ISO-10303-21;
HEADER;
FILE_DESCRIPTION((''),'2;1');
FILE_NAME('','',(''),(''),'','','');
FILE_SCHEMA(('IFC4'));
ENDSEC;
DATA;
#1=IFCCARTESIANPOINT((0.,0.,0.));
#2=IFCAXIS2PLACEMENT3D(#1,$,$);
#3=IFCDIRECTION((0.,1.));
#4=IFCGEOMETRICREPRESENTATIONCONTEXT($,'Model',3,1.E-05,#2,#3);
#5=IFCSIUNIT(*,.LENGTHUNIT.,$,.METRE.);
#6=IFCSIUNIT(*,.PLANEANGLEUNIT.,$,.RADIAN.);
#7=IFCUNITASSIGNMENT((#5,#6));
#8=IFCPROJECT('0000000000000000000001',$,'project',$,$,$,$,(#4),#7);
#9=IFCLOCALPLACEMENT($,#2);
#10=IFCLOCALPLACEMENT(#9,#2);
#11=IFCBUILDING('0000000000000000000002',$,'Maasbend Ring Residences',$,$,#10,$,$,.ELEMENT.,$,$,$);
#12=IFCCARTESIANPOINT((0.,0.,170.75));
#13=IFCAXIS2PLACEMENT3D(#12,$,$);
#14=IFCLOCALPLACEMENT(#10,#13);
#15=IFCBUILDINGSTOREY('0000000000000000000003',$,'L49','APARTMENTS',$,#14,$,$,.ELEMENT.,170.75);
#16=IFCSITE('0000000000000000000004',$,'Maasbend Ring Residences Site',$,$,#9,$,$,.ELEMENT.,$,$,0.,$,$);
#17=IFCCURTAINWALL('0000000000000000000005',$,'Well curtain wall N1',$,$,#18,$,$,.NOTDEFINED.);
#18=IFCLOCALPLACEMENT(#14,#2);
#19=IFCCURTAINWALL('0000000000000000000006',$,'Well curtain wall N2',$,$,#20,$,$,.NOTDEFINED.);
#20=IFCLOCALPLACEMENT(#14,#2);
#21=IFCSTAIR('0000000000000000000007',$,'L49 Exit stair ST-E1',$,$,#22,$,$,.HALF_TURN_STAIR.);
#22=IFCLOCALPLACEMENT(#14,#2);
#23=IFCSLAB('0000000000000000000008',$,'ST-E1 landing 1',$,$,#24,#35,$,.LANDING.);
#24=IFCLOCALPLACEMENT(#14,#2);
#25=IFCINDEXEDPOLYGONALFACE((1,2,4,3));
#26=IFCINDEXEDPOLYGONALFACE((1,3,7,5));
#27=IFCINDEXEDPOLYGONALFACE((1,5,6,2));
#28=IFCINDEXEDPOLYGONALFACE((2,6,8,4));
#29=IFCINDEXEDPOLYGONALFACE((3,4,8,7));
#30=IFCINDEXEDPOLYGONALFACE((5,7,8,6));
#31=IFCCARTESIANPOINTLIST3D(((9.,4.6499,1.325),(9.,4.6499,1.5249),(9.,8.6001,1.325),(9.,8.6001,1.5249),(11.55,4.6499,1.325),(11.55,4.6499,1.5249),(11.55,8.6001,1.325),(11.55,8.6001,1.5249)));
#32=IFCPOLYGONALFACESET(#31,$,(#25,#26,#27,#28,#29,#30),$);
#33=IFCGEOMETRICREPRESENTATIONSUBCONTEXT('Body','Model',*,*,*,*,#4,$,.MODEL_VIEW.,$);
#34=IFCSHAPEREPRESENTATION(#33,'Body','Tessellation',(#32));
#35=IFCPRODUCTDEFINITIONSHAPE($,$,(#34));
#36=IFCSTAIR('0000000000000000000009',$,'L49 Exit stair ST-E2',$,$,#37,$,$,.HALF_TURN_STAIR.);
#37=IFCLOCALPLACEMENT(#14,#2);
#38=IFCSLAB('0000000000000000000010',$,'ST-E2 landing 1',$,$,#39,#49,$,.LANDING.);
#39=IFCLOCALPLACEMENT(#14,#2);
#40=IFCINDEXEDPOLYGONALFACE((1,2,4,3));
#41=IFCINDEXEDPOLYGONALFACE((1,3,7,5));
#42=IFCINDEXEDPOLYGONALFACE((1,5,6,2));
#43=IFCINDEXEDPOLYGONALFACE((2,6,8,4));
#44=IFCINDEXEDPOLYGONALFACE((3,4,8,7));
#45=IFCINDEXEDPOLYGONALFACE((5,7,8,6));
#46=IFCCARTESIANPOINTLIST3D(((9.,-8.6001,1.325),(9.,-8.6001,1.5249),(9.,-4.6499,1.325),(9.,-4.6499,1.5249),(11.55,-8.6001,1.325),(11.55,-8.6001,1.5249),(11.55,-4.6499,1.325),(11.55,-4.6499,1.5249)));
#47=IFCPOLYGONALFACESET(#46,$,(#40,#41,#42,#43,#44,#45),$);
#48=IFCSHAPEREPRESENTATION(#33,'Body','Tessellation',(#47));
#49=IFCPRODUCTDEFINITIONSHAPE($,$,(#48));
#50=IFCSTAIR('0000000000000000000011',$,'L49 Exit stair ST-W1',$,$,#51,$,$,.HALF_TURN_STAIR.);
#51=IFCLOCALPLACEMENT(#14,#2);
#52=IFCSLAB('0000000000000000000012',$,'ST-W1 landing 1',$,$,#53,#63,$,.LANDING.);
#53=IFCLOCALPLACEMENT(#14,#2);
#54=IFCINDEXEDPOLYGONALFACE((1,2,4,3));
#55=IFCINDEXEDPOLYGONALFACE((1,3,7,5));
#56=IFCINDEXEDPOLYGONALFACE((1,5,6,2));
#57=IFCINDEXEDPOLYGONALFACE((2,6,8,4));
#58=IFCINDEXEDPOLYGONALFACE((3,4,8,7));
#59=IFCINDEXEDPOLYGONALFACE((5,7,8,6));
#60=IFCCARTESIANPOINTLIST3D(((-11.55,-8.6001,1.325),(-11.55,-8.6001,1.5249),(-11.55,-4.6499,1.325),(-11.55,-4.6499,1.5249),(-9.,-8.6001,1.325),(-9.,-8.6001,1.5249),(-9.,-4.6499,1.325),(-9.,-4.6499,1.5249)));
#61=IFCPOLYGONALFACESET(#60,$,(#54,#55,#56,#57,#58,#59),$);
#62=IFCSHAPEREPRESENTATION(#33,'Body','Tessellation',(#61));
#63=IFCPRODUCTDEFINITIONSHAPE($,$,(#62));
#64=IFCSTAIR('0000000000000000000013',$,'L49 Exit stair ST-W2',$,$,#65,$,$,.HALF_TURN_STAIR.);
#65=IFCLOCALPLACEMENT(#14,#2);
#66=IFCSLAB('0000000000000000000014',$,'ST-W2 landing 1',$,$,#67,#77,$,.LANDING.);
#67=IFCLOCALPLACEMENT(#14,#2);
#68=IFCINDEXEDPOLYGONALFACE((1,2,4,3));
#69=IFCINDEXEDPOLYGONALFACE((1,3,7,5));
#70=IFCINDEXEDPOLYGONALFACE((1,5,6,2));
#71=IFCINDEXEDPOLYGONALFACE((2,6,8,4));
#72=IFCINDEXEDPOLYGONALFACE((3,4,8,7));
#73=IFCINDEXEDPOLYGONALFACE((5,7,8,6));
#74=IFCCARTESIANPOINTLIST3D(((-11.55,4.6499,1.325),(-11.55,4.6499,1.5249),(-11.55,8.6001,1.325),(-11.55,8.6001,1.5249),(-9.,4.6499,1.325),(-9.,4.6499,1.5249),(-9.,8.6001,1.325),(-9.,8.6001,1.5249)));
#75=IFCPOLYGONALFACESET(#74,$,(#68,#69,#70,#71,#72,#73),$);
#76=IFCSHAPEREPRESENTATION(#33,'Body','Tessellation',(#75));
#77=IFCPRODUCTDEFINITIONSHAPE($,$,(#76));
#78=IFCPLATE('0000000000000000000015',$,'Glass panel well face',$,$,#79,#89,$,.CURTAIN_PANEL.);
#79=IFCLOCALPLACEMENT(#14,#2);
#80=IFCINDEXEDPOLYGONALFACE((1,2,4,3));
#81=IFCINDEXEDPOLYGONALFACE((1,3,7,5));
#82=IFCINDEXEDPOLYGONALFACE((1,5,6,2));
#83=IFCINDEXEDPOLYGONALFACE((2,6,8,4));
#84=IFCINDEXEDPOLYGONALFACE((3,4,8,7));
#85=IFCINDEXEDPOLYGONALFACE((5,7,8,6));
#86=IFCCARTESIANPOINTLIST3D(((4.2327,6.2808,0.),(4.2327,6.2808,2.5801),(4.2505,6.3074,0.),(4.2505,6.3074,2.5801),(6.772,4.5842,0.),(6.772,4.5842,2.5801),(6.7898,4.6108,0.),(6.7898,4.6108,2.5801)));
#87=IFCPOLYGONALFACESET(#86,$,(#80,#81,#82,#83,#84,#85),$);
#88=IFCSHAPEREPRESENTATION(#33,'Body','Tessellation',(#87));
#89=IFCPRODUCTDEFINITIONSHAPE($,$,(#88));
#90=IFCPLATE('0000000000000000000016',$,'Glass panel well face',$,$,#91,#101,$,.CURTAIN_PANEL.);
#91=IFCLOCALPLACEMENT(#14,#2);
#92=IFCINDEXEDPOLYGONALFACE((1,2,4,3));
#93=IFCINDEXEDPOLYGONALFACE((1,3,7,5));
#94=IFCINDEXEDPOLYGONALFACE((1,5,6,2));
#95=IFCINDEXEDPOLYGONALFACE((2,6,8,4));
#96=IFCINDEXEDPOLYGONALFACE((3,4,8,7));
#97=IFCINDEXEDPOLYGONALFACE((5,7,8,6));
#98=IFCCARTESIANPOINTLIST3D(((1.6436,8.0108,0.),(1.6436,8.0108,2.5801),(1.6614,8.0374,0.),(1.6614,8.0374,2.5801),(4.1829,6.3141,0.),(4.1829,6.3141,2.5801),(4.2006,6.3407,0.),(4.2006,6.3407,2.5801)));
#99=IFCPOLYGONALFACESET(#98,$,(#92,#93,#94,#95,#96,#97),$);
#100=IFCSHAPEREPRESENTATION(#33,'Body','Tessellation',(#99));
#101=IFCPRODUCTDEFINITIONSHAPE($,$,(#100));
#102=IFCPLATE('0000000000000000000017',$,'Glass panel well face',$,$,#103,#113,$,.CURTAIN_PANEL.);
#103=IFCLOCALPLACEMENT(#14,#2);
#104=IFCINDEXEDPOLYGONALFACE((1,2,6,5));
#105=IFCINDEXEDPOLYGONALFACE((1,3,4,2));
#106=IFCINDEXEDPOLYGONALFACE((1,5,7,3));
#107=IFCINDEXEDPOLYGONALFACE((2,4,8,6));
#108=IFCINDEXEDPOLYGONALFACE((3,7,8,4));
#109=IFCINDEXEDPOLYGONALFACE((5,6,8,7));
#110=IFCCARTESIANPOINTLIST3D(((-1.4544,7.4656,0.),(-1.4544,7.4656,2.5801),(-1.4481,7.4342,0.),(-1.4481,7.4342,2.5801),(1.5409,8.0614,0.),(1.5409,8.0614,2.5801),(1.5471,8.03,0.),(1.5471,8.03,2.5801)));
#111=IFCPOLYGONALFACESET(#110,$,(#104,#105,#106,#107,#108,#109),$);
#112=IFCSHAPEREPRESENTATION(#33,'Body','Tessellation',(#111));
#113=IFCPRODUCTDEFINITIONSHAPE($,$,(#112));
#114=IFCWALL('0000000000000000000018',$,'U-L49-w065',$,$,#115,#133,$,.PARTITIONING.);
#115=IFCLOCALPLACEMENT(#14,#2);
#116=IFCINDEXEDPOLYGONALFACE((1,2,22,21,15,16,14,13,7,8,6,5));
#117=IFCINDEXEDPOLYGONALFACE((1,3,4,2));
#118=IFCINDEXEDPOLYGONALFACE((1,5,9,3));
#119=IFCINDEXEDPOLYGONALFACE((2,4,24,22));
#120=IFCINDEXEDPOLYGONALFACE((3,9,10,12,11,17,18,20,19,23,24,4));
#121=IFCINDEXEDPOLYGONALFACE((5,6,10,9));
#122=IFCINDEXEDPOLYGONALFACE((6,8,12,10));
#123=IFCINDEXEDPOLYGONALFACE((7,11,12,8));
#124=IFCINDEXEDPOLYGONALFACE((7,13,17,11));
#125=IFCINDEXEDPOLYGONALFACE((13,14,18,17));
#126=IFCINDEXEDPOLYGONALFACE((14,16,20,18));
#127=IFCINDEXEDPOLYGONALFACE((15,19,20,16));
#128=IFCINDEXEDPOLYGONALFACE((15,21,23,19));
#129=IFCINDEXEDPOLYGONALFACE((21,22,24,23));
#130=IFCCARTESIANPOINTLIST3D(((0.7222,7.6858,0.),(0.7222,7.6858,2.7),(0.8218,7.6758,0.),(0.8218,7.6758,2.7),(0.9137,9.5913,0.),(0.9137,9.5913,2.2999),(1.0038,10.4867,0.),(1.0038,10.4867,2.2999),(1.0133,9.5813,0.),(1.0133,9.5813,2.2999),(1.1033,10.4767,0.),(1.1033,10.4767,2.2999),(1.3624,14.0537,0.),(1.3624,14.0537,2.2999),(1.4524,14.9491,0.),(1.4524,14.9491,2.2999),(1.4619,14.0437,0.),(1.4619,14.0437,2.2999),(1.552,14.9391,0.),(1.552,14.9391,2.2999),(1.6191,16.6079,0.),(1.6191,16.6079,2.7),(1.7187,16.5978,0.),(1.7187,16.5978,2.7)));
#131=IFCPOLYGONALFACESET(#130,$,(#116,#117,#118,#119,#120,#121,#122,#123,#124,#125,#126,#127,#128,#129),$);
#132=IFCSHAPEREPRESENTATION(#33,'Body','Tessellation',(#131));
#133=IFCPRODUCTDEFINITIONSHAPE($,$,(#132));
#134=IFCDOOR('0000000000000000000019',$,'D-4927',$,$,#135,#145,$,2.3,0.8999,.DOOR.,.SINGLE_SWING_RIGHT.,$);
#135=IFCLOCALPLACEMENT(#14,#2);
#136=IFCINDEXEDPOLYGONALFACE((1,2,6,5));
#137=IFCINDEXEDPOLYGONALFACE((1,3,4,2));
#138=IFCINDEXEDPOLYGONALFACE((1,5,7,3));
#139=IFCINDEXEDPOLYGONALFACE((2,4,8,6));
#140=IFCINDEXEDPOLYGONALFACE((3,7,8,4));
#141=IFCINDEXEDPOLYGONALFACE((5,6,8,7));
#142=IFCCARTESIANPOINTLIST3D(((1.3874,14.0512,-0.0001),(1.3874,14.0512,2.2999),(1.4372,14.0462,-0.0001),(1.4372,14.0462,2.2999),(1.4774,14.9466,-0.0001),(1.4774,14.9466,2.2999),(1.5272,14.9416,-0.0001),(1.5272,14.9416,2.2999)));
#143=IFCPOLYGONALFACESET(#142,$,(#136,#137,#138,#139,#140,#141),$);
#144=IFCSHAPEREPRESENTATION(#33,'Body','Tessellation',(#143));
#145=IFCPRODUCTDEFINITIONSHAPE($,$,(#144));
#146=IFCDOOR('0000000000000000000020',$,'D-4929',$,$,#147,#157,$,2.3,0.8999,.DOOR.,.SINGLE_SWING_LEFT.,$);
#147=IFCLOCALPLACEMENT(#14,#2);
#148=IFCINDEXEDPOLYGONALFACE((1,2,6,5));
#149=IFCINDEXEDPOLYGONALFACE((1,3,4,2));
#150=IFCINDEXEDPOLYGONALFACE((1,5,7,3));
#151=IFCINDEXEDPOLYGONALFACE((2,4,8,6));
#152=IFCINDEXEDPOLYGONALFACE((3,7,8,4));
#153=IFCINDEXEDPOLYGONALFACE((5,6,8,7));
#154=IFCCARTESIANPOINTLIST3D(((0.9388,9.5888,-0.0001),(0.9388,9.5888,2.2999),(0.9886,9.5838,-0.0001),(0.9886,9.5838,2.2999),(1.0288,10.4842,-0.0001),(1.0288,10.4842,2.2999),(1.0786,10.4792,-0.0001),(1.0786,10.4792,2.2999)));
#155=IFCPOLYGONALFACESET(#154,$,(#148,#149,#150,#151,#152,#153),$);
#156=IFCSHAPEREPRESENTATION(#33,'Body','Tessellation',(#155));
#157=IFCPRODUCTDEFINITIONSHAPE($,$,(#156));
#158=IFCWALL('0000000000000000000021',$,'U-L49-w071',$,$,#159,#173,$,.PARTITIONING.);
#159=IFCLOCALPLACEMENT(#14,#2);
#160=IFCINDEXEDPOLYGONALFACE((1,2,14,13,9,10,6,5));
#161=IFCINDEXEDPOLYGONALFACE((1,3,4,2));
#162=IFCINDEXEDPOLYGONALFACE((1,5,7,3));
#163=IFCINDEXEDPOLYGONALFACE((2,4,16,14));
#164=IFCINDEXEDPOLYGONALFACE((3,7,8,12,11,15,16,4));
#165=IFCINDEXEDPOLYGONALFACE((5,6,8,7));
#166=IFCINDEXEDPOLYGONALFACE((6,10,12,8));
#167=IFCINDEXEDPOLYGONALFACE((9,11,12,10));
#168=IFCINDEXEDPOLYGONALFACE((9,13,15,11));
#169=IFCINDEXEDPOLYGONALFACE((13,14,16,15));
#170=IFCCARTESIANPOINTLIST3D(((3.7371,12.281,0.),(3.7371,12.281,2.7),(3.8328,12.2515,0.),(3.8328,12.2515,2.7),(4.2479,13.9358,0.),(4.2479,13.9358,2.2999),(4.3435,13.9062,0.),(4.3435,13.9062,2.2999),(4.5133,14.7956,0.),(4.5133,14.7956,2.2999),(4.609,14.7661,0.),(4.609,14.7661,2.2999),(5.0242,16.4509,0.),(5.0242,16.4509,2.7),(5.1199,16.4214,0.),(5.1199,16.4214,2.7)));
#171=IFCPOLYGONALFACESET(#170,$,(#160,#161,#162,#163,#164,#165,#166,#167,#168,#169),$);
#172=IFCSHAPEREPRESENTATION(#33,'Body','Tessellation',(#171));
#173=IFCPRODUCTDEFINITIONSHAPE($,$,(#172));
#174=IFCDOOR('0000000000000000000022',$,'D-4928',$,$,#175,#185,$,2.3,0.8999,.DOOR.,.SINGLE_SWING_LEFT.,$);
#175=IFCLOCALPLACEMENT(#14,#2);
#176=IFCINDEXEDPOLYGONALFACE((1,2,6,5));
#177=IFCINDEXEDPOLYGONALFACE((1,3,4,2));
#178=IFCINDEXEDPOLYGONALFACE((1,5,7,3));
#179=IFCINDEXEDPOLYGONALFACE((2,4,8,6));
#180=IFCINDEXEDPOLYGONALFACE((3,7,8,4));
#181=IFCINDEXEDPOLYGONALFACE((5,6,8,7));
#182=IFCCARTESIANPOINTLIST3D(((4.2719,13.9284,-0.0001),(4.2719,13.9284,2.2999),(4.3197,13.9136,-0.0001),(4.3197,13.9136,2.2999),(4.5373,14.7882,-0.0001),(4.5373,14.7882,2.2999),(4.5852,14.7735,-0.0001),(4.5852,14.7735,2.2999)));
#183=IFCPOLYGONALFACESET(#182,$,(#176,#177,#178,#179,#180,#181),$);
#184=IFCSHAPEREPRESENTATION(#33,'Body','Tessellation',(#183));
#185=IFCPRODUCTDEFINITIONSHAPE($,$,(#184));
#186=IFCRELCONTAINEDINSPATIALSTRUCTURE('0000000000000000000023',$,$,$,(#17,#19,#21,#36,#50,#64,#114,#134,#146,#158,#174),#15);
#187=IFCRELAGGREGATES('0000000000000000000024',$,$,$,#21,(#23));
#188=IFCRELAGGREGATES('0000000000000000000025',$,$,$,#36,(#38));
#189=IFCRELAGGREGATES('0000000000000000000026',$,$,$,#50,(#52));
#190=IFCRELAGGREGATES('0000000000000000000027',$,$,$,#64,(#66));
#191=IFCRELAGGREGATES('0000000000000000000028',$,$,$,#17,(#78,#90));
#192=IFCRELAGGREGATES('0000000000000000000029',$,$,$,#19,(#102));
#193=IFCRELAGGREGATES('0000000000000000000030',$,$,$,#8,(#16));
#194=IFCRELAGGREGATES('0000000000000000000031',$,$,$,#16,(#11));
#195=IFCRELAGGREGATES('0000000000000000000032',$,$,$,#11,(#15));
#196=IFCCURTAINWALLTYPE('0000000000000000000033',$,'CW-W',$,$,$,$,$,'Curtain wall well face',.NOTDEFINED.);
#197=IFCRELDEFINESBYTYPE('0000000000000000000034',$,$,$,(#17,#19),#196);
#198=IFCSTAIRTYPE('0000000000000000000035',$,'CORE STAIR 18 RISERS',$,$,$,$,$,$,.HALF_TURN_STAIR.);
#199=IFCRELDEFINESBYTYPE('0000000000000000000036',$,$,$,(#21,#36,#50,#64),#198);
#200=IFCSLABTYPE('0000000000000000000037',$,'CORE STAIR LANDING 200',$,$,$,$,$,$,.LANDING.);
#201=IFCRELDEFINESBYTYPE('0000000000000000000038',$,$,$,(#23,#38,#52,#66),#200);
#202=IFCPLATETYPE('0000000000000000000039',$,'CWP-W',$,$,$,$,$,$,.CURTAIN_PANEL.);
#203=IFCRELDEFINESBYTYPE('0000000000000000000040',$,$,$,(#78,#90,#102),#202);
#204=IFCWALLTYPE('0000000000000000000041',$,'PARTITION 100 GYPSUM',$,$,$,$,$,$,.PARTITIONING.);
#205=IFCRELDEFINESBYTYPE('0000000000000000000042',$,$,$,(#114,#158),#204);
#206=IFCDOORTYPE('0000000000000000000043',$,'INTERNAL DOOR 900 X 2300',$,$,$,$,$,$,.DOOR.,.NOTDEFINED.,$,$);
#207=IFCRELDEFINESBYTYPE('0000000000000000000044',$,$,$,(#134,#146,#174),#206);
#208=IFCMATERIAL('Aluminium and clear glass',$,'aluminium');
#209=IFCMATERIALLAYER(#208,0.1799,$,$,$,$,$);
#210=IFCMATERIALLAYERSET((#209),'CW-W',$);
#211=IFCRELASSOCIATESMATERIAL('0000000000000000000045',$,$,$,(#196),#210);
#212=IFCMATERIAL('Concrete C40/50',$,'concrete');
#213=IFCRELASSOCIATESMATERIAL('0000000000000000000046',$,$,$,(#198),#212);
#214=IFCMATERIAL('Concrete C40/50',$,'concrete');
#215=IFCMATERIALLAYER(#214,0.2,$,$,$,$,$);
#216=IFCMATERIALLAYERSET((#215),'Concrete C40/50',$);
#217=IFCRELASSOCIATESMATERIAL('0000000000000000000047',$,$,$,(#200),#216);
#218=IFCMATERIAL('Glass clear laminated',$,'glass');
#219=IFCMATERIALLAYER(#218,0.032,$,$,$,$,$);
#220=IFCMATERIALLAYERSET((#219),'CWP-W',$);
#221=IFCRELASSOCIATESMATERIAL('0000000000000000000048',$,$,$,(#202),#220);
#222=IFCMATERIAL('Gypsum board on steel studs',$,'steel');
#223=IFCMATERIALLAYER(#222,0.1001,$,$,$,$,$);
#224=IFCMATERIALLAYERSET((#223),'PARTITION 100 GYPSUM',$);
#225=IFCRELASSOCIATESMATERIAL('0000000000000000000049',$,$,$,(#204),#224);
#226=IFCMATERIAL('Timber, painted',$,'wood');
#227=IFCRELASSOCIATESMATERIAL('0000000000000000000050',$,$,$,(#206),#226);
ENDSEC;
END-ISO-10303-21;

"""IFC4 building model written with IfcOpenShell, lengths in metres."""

from ifc_helpers import new_model, si_unit, direction, frame, frame_2d, origin, origin_2d, place, context, subcontext, project, spatial, polyline, rectangle, outline, extrude, material, layer, layer_set, type_object, element, fill, aggregate, save


model = new_model("IFC4")

# Units and contexts
model_context = context("Model", 3, precision=1e-05, world=origin(), true_north=direction((0.0, 1.0)))
body_context = subcontext(model_context, "Body", "Model", "MODEL_VIEW")
ifc_project = project(units=[si_unit("LENGTHUNIT", "METRE"), si_unit("PLANEANGLEUNIT", "RADIAN")], contexts=[model_context])

# Site, building, storey
site_placement = place(None, origin())
site = spatial("IfcSite", under=ifc_project, at=site_placement, Name="Maasbend Ring Residences Site", CompositionType="ELEMENT", RefElevation=0.0)
building_placement = place(site_placement, origin())
building = spatial("IfcBuilding", under=site, at=building_placement, Name="Maasbend Ring Residences", CompositionType="ELEMENT")
storey_placement = place(building_placement, frame((0.0, 0.0, 170.75)))
storey = spatial("IfcBuildingStorey", under=building, at=storey_placement, Name="L49", Description="APARTMENTS", CompositionType="ELEMENT", Elevation=170.75)

# Curtain wall
ifc_material_1 = material(Name="Aluminium and clear glass", Category="aluminium")
ifc_layer_1 = layer(ifc_material_1, 0.1799)
ifc_layer_set_1 = layer_set([ifc_layer_1], Name="CW-W")
curtain_wall_type = type_object("IfcCurtainWallType", Name="CW-W", ElementType="Curtain wall well face", PredefinedType="NOTDEFINED", material=ifc_layer_set_1)
curtain_wall_1_placement = place(storey_placement, origin())
curtain_wall_1 = element("IfcCurtainWall", 1, at=curtain_wall_1_placement, inside=storey, type_object=curtain_wall_type, Name="Well curtain wall N1", PredefinedType="NOTDEFINED")

# Curtain wall
curtain_wall_2_placement = place(storey_placement, origin())
curtain_wall_2 = element("IfcCurtainWall", 2, at=curtain_wall_2_placement, inside=storey, type_object=curtain_wall_type, Name="Well curtain wall N2", PredefinedType="NOTDEFINED")

# Stairs, slabs
ifc_material_2 = material(Name="Concrete C40/50", Category="concrete")
stair_type = type_object("IfcStairType", Name="CORE STAIR 18 RISERS", PredefinedType="HALF_TURN_STAIR", material=ifc_material_2)
stair_1_placement = place(storey_placement, origin())
stair_1 = element("IfcStair", 3, at=stair_1_placement, inside=storey, type_object=stair_type, Name="L49 Exit stair ST-E1", PredefinedType="HALF_TURN_STAIR")
ifc_material_3 = material(Name="Concrete C40/50", Category="concrete")
ifc_layer_2 = layer(ifc_material_3, 0.2)
ifc_layer_set_2 = layer_set([ifc_layer_2], Name="Concrete C40/50")
slab_type = type_object("IfcSlabType", Name="CORE STAIR LANDING 200", PredefinedType="LANDING", material=ifc_layer_set_2)
slab_1_placement = place(storey_placement, frame((0.0, 0.0, 1.325)))
slab_1 = element("IfcSlab", 4, at=slab_1_placement, type_object=slab_type, Name="ST-E1 landing 1", PredefinedType="LANDING", context=body_context, shape_type="SweptSolid", body=[
    extrude(outline(polyline([(11.55, 8.6001), (9.0, 8.6001), (9.0, 4.6499), (11.55, 4.6499), (11.55, 8.6001)])), origin(), (0.0, 0.0, 1.0), 0.2),
])
aggregate(stair_1, [slab_1])
stair_2_placement = place(storey_placement, origin())
stair_2 = element("IfcStair", 5, at=stair_2_placement, inside=storey, type_object=stair_type, Name="L49 Exit stair ST-E2", PredefinedType="HALF_TURN_STAIR")
slab_2_placement = place(storey_placement, frame((0.0, 0.0, 1.325)))
slab_2 = element("IfcSlab", 6, at=slab_2_placement, type_object=slab_type, Name="ST-E2 landing 1", PredefinedType="LANDING", context=body_context, shape_type="SweptSolid", body=[
    extrude(outline(polyline([(11.55, -4.6499), (9.0, -4.6499), (9.0, -8.6001), (11.55, -8.6001), (11.55, -4.6499)])), origin(), (0.0, 0.0, 1.0), 0.2),
])
aggregate(stair_2, [slab_2])
stair_3_placement = place(storey_placement, origin())
stair_3 = element("IfcStair", 7, at=stair_3_placement, inside=storey, type_object=stair_type, Name="L49 Exit stair ST-W1", PredefinedType="HALF_TURN_STAIR")
slab_3_placement = place(storey_placement, frame((0.0, 0.0, 1.325)))
slab_3 = element("IfcSlab", 8, at=slab_3_placement, type_object=slab_type, Name="ST-W1 landing 1", PredefinedType="LANDING", context=body_context, shape_type="SweptSolid", body=[
    extrude(outline(polyline([(-11.55, -8.6001), (-9.0, -8.6001), (-9.0, -4.6499), (-11.55, -4.6499), (-11.55, -8.6001)])), origin(), (0.0, 0.0, 1.0), 0.2),
])
aggregate(stair_3, [slab_3])
stair_4_placement = place(storey_placement, origin())
stair_4 = element("IfcStair", 9, at=stair_4_placement, inside=storey, type_object=stair_type, Name="L49 Exit stair ST-W2", PredefinedType="HALF_TURN_STAIR")
slab_4_placement = place(storey_placement, frame((0.0, 0.0, 1.325)))
slab_4 = element("IfcSlab", 10, at=slab_4_placement, type_object=slab_type, Name="ST-W2 landing 1", PredefinedType="LANDING", context=body_context, shape_type="SweptSolid", body=[
    extrude(outline(polyline([(-11.55, 4.6499), (-9.0, 4.6499), (-9.0, 8.6001), (-11.55, 8.6001), (-11.55, 4.6499)])), origin(), (0.0, 0.0, 1.0), 0.2),
])
aggregate(stair_4, [slab_4])

# Plates
ifc_material_4 = material(Name="Glass clear laminated", Category="glass")
ifc_layer_3 = layer(ifc_material_4, 0.032)
ifc_layer_set_3 = layer_set([ifc_layer_3], Name="CWP-W")
plate_type = type_object("IfcPlateType", Name="CWP-W", PredefinedType="CURTAIN_PANEL", material=ifc_layer_set_3)
plate_1_placement = place(storey_placement, frame((5.5112, 5.4458, 0.0), z_axis=(0.0, 0.0, 1.0), x_axis=(-0.83147, 0.55557, 0.0)))
plate_1 = element("IfcPlate", 11, at=plate_1_placement, type_object=plate_type, Name="Glass panel well face", PredefinedType="CURTAIN_PANEL", context=body_context, shape_type="SweptSolid", body=[
    extrude(rectangle(XDim=3.054, YDim=0.032, at=origin_2d()), origin(), (0.0, 0.0, 1.0), 2.5801),
])
plate_2_placement = place(storey_placement, frame((2.9221, 7.1758, 0.0), z_axis=(0.0, 0.0, 1.0), x_axis=(-0.83147, 0.55557, 0.0)))
plate_2 = element("IfcPlate", 12, at=plate_2_placement, type_object=plate_type, Name="Glass panel well face", PredefinedType="CURTAIN_PANEL", context=body_context, shape_type="SweptSolid", body=[
    extrude(rectangle(XDim=3.054, YDim=0.032, at=origin_2d()), origin(), (0.0, 0.0, 1.0), 2.5801),
])
aggregate(curtain_wall_1, [plate_1, plate_2])
plate_3_placement = place(storey_placement, frame((0.0464, 7.7478, 0.0), z_axis=(0.0, 0.0, 1.0), x_axis=(-0.980785, -0.19509, 0.0)))
plate_3 = element("IfcPlate", 13, at=plate_3_placement, type_object=plate_type, Name="Glass panel well face", PredefinedType="CURTAIN_PANEL", context=body_context, shape_type="SweptSolid", body=[
    extrude(rectangle(XDim=3.054, YDim=0.032, at=origin_2d()), origin(), (0.0, 0.0, 1.0), 2.5801),
])
aggregate(curtain_wall_2, [plate_3])

# Wall, openings, doors
ifc_material_5 = material(Name="Gypsum board on steel studs", Category="steel")
ifc_layer_4 = layer(ifc_material_5, 0.1001)
ifc_layer_set_4 = layer_set([ifc_layer_4], Name="PARTITION 100 GYPSUM")
wall_type_1 = type_object("IfcWallType", Name="PARTITION 100 GYPSUM", PredefinedType="PARTITIONING", material=ifc_layer_set_4)
wall_1_placement = place(storey_placement, frame((0.772, 7.6809, 0.0), z_axis=(0.0, 0.0, 1.0), x_axis=(0.100029, 0.994984, 0.0)))
wall_1 = element("IfcWall", 14, at=wall_1_placement, inside=storey, type_object=wall_type_1, Name="U-L49-w065", PredefinedType="PARTITIONING", context=body_context, shape_type="SweptSolid", body=[
    extrude(rectangle(XDim=8.967, YDim=0.1001, at=frame_2d((4.4834, 0.0))), origin(), (0.0, 0.0, 1.0), 2.7),
])
opening_1_placement = place(wall_1_placement, frame((6.3999, 0.0, 0.0)))
opening_1 = element("IfcOpeningElement", 15, at=opening_1_placement, cuts=wall_1, PredefinedType="OPENING", context=body_context, shape_type="SweptSolid", body=[
    extrude(rectangle(XDim=0.8999, YDim=2.3, at=frame_2d((0.45, 1.1499))), frame((0.0, 0.0601, 0.0), z_axis=(0.0, -1.0, 0.0), x_axis=(1.0, 0.0, 0.0)), (0.0, 0.0, 1.0), 0.1201),
])
opening_2_placement = place(wall_1_placement, frame((1.915, 0.0, 0.0)))
opening_2 = element("IfcOpeningElement", 16, at=opening_2_placement, cuts=wall_1, PredefinedType="OPENING", context=body_context, shape_type="SweptSolid", body=[
    extrude(rectangle(XDim=0.8999, YDim=2.3, at=frame_2d((0.45, 1.1499))), frame((0.0, 0.0601, 0.0), z_axis=(0.0, -1.0, 0.0), x_axis=(1.0, 0.0, 0.0)), (0.0, 0.0, 1.0), 0.1201),
])
ifc_material_6 = material(Name="Timber, painted", Category="wood")
door_type = type_object("IfcDoorType", Name="INTERNAL DOOR 900 X 2300", OperationType="NOTDEFINED", PredefinedType="DOOR", material=ifc_material_6)
door_1_placement = place(opening_1_placement, origin())
door_1 = element("IfcDoor", 17, at=door_1_placement, inside=storey, type_object=door_type, Name="D-4927", OperationType="SINGLE_SWING_RIGHT", OverallHeight=2.3, OverallWidth=0.8999, PredefinedType="DOOR", context=body_context, shape_type="SweptSolid", body=[
    extrude(rectangle(XDim=0.8999, YDim=2.3, at=frame_2d((0.45, 1.1499))), frame((0.0, 0.0249, 0.0), z_axis=(0.0, -1.0, 0.0), x_axis=(1.0, 0.0, 0.0)), (0.0, 0.0, 1.0), 0.05),
])
fill(opening_1, door_1)
door_2_placement = place(opening_2_placement, origin())
door_2 = element("IfcDoor", 18, at=door_2_placement, inside=storey, type_object=door_type, Name="D-4929", OperationType="SINGLE_SWING_LEFT", OverallHeight=2.3, OverallWidth=0.8999, PredefinedType="DOOR", context=body_context, shape_type="SweptSolid", body=[
    extrude(rectangle(XDim=0.8999, YDim=2.3, at=frame_2d((0.45, 1.1499))), frame((0.0, 0.0249, 0.0), z_axis=(0.0, -1.0, 0.0), x_axis=(1.0, 0.0, 0.0)), (0.0, 0.0, 1.0), 0.05),
])
fill(opening_2, door_2)

# Wall, opening, door
wall_2_placement = place(storey_placement, frame((3.7849, 12.2661, 0.0), z_axis=(0.0, 0.0, 1.0), x_axis=(0.294935, 0.955517, 0.0)))
wall_2 = element("IfcWall", 19, at=wall_2_placement, inside=storey, type_object=wall_type_1, Name="U-L49-w071", PredefinedType="PARTITIONING", context=body_context, shape_type="SweptSolid", body=[
    extrude(rectangle(XDim=4.364, YDim=0.1001, at=frame_2d((2.1821, 0.0))), origin(), (0.0, 0.0, 1.0), 2.7),
])
opening_3_placement = place(wall_2_placement, frame((1.7319, 0.0, 0.0)))
opening_3 = element("IfcOpeningElement", 20, at=opening_3_placement, cuts=wall_2, PredefinedType="OPENING", context=body_context, shape_type="SweptSolid", body=[
    extrude(rectangle(XDim=0.8999, YDim=2.3, at=frame_2d((0.45, 1.1499))), frame((0.0, 0.0601, 0.0), z_axis=(0.0, -1.0, 0.0), x_axis=(1.0, 0.0, 0.0)), (0.0, 0.0, 1.0), 0.1201),
])
door_3_placement = place(opening_3_placement, origin())
door_3 = element("IfcDoor", 21, at=door_3_placement, inside=storey, type_object=door_type, Name="D-4928", OperationType="SINGLE_SWING_LEFT", OverallHeight=2.3, OverallWidth=0.8999, PredefinedType="DOOR", context=body_context, shape_type="SweptSolid", body=[
    extrude(rectangle(XDim=0.8999, YDim=2.3, at=frame_2d((0.45, 1.1499))), frame((0.0, 0.0249, 0.0), z_axis=(0.0, -1.0, 0.0), x_axis=(1.0, 0.0, 0.0)), (0.0, 0.0, 1.0), 0.05),
])
fill(opening_3, door_3)

save(model, "model.ifc")
